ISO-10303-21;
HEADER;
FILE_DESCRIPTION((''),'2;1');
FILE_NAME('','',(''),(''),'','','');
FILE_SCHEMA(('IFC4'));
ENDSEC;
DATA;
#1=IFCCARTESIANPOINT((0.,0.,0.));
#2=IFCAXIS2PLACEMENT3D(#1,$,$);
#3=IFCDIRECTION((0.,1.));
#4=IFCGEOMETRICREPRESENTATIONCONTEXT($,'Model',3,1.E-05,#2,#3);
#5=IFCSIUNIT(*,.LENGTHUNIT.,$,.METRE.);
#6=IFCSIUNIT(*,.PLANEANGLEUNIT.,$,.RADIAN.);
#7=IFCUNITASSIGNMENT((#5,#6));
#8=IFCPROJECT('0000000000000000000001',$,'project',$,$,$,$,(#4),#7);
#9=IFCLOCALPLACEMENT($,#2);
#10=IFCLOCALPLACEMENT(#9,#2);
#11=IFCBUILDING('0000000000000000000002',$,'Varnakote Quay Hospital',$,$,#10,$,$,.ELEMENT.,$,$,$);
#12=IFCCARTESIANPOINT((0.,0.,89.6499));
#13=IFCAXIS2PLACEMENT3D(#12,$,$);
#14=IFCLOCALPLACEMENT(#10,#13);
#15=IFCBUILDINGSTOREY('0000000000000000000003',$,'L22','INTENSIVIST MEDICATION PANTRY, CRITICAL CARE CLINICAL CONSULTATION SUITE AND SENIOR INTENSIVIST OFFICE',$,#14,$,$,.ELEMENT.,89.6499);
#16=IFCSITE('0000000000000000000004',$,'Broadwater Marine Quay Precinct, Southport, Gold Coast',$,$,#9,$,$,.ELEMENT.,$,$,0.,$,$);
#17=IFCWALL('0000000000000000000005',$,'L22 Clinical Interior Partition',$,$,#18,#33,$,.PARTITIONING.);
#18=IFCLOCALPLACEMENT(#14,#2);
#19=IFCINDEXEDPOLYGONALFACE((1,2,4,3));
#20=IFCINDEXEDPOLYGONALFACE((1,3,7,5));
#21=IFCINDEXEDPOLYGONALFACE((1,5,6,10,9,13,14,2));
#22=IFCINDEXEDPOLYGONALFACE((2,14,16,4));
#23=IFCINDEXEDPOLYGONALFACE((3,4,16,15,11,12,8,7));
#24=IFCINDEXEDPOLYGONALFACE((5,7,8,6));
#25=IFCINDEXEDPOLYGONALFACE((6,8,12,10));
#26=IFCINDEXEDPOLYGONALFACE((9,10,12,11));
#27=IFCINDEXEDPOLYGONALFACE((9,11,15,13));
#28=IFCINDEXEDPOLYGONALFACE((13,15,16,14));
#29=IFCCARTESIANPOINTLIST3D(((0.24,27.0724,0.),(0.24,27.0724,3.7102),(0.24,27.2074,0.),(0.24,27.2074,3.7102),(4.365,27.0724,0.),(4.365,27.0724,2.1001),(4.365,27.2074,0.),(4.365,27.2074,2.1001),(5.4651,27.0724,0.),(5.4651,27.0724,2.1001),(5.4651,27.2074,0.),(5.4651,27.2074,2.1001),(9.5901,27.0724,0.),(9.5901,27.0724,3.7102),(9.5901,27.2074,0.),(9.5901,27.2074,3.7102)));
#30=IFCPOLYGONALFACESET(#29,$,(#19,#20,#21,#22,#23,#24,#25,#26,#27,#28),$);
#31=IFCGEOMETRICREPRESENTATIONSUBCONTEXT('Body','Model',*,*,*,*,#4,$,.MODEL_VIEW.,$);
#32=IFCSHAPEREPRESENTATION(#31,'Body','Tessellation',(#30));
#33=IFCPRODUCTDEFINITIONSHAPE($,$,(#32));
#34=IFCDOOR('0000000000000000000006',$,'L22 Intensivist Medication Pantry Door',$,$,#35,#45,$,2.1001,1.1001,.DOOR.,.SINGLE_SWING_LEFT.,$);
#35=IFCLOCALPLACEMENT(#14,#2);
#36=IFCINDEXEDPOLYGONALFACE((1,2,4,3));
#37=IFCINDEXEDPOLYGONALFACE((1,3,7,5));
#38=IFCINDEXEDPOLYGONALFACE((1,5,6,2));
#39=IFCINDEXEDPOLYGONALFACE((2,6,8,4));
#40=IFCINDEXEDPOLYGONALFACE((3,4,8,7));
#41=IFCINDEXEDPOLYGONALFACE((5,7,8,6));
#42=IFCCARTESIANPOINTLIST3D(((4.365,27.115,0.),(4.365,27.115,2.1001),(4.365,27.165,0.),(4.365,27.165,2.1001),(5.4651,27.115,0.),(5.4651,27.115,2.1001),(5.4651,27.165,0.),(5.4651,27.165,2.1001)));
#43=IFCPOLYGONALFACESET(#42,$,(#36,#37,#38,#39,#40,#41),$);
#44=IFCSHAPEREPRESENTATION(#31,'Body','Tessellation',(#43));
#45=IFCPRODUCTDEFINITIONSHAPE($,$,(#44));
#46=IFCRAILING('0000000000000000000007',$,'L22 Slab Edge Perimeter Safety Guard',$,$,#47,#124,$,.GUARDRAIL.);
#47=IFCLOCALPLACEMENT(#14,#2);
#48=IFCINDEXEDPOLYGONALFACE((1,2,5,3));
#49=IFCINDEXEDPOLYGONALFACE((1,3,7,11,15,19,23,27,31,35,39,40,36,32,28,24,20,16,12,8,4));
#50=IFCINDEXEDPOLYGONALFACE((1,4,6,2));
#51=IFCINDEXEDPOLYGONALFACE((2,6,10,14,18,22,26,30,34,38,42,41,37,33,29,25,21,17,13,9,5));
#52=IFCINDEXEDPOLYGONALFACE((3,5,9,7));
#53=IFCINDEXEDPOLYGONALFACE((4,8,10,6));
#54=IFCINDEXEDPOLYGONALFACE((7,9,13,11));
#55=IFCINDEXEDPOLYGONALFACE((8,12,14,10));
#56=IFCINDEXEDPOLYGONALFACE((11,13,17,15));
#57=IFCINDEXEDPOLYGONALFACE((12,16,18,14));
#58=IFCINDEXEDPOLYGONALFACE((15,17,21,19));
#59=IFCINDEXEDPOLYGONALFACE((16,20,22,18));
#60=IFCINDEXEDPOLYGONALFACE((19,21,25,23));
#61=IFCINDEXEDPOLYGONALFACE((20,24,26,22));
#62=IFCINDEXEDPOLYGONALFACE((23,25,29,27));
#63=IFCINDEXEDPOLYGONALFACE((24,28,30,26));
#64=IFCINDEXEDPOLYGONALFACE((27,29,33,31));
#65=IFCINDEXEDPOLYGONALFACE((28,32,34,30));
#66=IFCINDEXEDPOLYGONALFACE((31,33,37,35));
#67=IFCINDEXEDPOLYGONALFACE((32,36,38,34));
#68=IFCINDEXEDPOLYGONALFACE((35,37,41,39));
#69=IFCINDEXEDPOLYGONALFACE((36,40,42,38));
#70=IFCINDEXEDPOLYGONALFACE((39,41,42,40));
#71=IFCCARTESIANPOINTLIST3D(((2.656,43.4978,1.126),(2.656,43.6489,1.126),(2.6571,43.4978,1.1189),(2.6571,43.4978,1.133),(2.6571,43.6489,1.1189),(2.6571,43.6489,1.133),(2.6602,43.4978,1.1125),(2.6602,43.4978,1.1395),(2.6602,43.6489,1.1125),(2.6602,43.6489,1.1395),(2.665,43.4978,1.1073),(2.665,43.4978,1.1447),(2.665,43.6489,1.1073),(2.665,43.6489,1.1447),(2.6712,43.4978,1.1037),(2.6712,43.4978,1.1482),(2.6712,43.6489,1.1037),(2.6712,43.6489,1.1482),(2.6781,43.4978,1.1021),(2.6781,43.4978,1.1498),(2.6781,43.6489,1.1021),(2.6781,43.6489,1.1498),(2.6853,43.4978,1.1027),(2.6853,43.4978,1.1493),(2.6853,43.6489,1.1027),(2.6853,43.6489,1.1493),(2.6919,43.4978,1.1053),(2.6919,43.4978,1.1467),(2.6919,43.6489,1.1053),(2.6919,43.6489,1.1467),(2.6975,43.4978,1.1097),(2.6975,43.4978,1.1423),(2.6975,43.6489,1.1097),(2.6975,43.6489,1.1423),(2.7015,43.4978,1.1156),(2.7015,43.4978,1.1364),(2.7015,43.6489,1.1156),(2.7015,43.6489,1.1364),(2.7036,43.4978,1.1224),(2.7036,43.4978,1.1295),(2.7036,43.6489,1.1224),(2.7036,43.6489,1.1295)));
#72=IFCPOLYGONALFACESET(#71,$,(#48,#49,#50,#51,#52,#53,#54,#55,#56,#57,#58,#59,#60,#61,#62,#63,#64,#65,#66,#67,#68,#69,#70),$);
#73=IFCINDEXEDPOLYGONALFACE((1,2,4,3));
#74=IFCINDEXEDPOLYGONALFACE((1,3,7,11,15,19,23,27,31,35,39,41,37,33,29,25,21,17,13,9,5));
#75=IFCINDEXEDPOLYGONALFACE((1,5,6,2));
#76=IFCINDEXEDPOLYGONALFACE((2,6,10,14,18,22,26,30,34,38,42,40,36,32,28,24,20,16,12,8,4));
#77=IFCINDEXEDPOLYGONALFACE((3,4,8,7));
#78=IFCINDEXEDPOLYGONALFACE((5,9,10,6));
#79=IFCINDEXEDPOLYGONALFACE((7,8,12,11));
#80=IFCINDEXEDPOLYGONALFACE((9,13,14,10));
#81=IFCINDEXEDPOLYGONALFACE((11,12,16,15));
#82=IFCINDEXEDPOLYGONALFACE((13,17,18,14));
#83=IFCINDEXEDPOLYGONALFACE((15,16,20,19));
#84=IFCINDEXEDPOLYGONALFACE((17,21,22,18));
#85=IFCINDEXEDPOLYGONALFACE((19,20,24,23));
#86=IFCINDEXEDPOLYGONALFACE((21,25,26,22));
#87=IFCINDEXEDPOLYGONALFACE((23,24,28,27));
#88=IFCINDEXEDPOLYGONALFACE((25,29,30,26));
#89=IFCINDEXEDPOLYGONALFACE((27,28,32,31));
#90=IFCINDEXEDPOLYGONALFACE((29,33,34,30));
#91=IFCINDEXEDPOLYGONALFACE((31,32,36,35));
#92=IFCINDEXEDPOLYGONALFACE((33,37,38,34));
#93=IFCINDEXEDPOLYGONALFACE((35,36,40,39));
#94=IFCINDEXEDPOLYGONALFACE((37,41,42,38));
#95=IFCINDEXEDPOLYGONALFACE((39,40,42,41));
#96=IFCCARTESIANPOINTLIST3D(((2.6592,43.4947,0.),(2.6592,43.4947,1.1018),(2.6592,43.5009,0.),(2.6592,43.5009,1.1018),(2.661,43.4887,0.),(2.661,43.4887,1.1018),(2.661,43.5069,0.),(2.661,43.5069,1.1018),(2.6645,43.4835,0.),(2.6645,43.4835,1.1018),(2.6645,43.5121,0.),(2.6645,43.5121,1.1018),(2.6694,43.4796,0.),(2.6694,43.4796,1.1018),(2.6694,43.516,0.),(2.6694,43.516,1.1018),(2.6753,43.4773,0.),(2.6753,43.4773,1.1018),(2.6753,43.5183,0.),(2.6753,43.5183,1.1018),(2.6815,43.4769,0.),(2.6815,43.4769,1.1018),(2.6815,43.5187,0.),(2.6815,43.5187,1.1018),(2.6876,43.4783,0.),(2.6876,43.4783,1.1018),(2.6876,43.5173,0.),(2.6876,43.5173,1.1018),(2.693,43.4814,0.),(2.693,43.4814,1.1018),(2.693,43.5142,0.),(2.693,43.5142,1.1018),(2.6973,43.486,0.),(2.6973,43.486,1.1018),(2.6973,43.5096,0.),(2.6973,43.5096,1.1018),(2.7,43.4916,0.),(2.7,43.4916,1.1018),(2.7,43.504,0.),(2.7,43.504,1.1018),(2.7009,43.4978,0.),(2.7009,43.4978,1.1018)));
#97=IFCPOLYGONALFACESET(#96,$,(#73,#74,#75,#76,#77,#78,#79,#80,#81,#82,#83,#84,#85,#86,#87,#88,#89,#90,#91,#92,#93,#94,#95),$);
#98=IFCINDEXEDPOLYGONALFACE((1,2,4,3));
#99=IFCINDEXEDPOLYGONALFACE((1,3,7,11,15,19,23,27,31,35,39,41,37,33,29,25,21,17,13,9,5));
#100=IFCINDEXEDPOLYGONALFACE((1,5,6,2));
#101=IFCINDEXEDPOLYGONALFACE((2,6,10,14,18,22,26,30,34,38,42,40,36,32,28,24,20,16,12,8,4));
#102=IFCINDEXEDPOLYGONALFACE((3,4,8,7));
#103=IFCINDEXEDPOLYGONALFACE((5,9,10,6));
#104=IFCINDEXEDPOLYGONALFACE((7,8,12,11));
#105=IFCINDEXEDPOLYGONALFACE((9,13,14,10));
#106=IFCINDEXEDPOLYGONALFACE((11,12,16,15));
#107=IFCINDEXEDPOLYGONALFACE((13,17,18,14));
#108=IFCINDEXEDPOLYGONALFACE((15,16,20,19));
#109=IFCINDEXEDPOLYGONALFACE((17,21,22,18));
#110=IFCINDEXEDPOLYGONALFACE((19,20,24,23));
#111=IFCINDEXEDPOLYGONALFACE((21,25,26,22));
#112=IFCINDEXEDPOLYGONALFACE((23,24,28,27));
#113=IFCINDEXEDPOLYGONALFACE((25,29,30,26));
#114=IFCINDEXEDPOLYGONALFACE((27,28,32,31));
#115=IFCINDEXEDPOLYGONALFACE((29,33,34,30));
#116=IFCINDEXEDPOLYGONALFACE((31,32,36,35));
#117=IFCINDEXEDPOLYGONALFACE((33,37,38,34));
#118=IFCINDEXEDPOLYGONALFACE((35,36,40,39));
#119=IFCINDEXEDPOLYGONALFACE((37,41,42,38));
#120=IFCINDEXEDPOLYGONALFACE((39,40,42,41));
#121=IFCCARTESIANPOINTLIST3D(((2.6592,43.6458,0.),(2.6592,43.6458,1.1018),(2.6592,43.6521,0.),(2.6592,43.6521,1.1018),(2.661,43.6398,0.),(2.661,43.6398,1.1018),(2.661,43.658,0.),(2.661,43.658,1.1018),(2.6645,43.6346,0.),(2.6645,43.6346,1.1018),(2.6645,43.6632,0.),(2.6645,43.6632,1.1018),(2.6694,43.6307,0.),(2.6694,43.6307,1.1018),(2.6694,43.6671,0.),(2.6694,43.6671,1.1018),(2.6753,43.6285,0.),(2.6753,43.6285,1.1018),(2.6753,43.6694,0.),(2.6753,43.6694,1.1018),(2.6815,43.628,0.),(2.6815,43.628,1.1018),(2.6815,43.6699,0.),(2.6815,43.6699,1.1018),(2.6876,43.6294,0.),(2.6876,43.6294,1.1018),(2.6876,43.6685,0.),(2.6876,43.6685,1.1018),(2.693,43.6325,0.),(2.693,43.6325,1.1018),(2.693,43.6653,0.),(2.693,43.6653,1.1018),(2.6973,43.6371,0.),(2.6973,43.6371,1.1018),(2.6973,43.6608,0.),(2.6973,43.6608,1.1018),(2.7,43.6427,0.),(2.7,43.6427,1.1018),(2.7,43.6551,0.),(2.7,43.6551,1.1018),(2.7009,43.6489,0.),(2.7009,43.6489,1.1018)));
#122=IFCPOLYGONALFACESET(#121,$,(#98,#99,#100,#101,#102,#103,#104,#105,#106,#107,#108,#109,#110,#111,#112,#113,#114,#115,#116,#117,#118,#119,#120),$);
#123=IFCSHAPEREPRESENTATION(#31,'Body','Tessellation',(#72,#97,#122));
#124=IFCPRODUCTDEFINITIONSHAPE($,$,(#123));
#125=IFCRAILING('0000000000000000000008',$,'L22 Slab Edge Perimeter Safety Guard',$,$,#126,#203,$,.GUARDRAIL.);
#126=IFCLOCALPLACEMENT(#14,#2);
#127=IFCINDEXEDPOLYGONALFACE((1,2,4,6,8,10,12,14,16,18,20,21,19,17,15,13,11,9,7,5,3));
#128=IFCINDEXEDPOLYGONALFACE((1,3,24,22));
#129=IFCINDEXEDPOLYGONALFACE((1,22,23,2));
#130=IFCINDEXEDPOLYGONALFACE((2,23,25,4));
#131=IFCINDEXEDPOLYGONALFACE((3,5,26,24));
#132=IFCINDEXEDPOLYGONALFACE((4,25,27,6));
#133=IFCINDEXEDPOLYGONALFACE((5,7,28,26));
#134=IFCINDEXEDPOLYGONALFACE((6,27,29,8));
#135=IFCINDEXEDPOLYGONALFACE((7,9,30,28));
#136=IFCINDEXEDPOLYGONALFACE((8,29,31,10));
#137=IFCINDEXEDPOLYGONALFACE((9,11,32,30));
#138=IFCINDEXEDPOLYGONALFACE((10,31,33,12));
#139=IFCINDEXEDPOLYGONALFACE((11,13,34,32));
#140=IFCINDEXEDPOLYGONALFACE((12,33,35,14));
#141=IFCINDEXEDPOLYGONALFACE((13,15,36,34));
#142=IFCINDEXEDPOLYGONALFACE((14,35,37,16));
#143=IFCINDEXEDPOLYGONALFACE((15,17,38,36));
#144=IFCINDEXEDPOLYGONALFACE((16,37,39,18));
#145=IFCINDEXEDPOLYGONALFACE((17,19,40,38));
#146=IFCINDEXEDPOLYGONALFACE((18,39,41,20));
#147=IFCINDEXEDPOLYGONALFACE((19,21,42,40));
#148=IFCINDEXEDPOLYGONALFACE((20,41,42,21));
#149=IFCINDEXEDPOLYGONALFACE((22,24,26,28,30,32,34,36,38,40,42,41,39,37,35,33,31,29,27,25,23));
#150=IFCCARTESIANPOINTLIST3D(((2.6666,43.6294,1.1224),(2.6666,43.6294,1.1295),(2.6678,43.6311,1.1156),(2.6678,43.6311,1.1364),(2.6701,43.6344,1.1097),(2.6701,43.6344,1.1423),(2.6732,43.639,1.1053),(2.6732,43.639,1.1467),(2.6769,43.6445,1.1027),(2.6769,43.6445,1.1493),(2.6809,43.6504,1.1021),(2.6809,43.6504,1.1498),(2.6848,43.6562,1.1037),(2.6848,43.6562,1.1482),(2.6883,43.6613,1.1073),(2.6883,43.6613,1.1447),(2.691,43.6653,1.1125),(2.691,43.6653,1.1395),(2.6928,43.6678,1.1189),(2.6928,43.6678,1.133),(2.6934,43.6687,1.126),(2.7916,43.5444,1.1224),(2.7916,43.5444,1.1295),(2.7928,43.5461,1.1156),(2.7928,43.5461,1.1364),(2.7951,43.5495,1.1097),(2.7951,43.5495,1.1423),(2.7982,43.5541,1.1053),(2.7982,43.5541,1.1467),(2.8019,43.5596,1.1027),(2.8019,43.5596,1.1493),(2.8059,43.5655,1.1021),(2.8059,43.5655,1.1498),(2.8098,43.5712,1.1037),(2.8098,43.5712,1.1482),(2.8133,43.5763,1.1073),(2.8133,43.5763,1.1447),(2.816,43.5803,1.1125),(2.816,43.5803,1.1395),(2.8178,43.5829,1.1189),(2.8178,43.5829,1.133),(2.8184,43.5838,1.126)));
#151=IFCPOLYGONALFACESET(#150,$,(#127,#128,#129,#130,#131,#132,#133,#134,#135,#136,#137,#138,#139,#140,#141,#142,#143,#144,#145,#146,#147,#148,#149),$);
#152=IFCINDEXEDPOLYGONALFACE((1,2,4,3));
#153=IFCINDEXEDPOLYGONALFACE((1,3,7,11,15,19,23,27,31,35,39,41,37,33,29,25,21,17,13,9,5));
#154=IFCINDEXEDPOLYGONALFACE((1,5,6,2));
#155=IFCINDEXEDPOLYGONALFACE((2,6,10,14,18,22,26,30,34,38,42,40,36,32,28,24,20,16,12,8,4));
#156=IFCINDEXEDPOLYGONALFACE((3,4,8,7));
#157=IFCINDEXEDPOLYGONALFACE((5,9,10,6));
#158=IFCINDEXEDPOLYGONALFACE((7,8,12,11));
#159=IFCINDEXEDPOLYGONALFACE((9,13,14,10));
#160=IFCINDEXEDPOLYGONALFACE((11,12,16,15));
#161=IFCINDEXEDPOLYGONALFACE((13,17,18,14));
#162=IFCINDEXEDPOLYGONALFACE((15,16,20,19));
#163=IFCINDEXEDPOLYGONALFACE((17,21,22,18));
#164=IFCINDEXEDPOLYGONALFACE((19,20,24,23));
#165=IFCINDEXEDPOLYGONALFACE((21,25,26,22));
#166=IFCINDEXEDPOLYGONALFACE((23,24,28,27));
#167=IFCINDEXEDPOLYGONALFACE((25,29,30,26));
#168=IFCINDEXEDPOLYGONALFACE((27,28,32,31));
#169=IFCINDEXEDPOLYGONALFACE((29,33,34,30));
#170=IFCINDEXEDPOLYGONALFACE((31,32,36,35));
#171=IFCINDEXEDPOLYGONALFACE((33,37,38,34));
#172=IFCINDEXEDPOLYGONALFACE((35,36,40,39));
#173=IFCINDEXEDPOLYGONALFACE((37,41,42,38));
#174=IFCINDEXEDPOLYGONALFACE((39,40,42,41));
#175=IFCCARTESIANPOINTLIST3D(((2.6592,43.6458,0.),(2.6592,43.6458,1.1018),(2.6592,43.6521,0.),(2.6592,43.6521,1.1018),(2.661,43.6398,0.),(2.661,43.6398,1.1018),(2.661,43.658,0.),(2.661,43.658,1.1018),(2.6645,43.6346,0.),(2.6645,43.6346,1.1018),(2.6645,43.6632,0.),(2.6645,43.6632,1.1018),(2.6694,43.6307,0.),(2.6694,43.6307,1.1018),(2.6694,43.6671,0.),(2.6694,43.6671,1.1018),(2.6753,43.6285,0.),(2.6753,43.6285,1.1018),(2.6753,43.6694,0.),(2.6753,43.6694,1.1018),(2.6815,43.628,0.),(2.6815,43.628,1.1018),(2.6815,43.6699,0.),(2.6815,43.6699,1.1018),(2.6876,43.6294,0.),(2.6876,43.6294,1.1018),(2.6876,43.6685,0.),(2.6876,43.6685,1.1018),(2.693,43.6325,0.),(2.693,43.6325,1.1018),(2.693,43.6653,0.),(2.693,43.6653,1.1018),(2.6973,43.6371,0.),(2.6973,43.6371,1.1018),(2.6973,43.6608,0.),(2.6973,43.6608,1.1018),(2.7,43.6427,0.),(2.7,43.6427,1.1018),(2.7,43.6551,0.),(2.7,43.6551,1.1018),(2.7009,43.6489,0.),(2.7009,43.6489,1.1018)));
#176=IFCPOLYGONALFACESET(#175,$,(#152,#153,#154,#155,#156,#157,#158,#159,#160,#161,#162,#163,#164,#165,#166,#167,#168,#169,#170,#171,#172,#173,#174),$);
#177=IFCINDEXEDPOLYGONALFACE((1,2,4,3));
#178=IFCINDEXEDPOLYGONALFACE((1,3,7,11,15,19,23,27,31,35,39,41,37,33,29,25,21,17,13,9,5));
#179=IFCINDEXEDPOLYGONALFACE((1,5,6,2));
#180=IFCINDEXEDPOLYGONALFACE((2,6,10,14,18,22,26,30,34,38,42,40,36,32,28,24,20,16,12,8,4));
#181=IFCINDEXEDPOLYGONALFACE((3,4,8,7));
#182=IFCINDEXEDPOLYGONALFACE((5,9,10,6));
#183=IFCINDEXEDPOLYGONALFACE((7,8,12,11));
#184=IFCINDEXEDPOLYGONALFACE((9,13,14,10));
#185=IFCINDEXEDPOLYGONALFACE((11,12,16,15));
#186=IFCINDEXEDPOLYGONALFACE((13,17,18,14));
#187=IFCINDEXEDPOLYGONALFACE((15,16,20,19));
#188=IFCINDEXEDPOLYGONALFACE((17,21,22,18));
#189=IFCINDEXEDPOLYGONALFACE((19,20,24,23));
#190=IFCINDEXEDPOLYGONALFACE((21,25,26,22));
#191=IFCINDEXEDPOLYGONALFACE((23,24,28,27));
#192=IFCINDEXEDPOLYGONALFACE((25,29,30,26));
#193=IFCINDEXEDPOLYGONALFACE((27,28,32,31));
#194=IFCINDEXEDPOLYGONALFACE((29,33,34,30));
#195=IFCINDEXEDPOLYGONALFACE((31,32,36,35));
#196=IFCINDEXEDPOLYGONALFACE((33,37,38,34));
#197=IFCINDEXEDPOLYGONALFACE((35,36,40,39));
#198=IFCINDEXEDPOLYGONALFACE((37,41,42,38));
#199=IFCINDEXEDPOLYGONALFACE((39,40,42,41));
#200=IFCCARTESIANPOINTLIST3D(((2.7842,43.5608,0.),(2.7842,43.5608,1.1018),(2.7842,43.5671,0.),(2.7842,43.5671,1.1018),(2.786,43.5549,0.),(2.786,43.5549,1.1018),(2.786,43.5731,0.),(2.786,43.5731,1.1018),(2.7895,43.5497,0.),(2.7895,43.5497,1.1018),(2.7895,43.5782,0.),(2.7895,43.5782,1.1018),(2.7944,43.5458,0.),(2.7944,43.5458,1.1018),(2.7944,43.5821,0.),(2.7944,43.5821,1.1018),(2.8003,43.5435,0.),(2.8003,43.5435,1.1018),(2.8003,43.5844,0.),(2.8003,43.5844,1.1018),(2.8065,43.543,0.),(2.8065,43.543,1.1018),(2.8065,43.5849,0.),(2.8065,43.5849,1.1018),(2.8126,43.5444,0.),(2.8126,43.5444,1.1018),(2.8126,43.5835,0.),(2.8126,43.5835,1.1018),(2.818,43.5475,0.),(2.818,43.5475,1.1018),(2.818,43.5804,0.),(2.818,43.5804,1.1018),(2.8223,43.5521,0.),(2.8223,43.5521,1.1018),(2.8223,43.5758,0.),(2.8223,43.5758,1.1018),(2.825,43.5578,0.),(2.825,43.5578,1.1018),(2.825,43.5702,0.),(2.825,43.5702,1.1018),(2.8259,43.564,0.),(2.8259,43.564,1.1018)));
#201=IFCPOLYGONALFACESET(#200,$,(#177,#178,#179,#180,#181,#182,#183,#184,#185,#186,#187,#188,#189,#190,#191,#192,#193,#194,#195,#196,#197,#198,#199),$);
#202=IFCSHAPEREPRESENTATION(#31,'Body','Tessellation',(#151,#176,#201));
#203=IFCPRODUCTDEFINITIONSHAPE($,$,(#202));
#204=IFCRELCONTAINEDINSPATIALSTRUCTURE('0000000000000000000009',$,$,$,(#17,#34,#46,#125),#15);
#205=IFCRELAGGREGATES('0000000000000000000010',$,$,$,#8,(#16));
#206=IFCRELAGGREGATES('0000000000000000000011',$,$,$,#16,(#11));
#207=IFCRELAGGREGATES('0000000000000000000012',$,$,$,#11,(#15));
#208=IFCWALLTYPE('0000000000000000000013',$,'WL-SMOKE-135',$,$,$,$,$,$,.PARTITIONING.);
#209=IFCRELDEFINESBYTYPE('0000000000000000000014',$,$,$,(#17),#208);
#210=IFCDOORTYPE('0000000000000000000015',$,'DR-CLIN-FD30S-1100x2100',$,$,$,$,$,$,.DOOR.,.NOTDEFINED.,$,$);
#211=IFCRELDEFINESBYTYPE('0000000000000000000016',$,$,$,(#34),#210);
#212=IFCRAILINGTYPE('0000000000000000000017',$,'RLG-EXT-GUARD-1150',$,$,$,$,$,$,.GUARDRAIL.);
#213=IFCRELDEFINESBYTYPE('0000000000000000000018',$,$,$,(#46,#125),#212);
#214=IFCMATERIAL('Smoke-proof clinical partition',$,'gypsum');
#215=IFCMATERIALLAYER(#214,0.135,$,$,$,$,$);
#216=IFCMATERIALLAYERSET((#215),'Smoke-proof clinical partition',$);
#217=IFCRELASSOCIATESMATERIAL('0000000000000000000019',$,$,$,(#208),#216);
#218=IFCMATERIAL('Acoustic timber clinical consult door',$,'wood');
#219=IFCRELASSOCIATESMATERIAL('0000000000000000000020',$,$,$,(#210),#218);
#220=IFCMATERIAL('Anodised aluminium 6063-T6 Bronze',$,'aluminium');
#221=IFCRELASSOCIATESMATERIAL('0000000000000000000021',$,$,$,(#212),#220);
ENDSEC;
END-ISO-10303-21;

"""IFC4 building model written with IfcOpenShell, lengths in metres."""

from ifc_helpers import new_model, si_unit, direction, frame, frame_2d, origin, origin_2d, place, context, subcontext, project, spatial, rectangle, circle, extrude, material, layer, layer_set, type_object, element, fill, save


model = new_model("IFC4")

# Units and contexts
model_context = context("Model", 3, precision=1e-05, world=origin(), true_north=direction((0.0, 1.0)))
body_context = subcontext(model_context, "Body", "Model", "MODEL_VIEW")
ifc_project = project(units=[si_unit("LENGTHUNIT", "METRE"), si_unit("PLANEANGLEUNIT", "RADIAN")], contexts=[model_context])

# Site, building, storey
site_placement = place(None, origin())
site = spatial("IfcSite", under=ifc_project, at=site_placement, Name="Broadwater Marine Quay Precinct, Southport, Gold Coast", CompositionType="ELEMENT", RefElevation=0.0)
building_placement = place(site_placement, origin())
building = spatial("IfcBuilding", under=site, at=building_placement, Name="Varnakote Quay Hospital", CompositionType="ELEMENT")
storey_placement = place(building_placement, frame((0.0, 0.0, 89.6499)))
storey = spatial("IfcBuildingStorey", under=building, at=storey_placement, Name="L22", Description="INTENSIVIST MEDICATION PANTRY, CRITICAL CARE CLINICAL CONSULTATION SUITE AND SENIOR INTENSIVIST OFFICE", CompositionType="ELEMENT", Elevation=89.6499)

# Shared definitions
ifc_material_1 = material(Name="Smoke-proof clinical partition", Category="gypsum")
ifc_layer_1 = layer(ifc_material_1, 0.135)
ifc_layer_set_1 = layer_set([ifc_layer_1], Name="Smoke-proof clinical partition")
wall_type_1 = type_object("IfcWallType", Name="WL-SMOKE-135", PredefinedType="PARTITIONING", material=ifc_layer_set_1)

# Wall, opening, door
wall_1_placement = place(storey_placement, frame((9.5901, 27.1399, 0.0), z_axis=(0.0, 0.0, 1.0), x_axis=(-1.0, 0.0, 0.0)))
wall_1 = element("IfcWall", 1, at=wall_1_placement, inside=storey, type_object=wall_type_1, Name="L22 Clinical Interior Partition", PredefinedType="PARTITIONING", context=body_context, shape_type="SweptSolid", body=[
    extrude(rectangle(XDim=9.3501, YDim=0.135, at=frame_2d((4.675, 0.0))), origin(), (0.0, 0.0, 1.0), 3.7102),
])
opening_1_placement = place(wall_1_placement, frame((4.125, 0.0, 0.0)))
opening_1 = element("IfcOpeningElement", 2, at=opening_1_placement, cuts=wall_1, PredefinedType="OPENING", context=body_context, shape_type="SweptSolid", body=[
    extrude(rectangle(XDim=1.1001, YDim=2.1001, at=frame_2d((0.55, 1.05))), frame((0.0, 0.0774, 0.0), z_axis=(0.0, -1.0, 0.0), x_axis=(1.0, 0.0, 0.0)), (0.0, 0.0, 1.0), 0.155),
])
ifc_material_2 = material(Name="Acoustic timber clinical consult door", Category="wood")
door_type = type_object("IfcDoorType", Name="DR-CLIN-FD30S-1100x2100", OperationType="NOTDEFINED", PredefinedType="DOOR", material=ifc_material_2)
door_placement = place(opening_1_placement, origin())
door = element("IfcDoor", 3, at=door_placement, inside=storey, type_object=door_type, Name="L22 Intensivist Medication Pantry Door", OperationType="SINGLE_SWING_LEFT", OverallHeight=2.1001, OverallWidth=1.1001, PredefinedType="DOOR", context=body_context, shape_type="SweptSolid", body=[
    extrude(rectangle(XDim=1.1001, YDim=2.1001, at=frame_2d((0.55, 1.05))), frame((0.0, 0.0249, 0.0), z_axis=(0.0, -1.0, 0.0), x_axis=(1.0, 0.0, 0.0)), (0.0, 0.0, 1.0), 0.05),
])
fill(opening_1, door)

# Railings
ifc_material_3 = material(Name="Anodised aluminium 6063-T6 Bronze", Category="aluminium")
railing_type = type_object("IfcRailingType", Name="RLG-EXT-GUARD-1150", PredefinedType="GUARDRAIL", material=ifc_material_3)
railing_1_placement = place(storey_placement, frame((2.6799, 43.4978, 0.0)))
element("IfcRailing", 4, at=railing_1_placement, inside=storey, type_object=railing_type, Name="L22 Slab Edge Perimeter Safety Guard", PredefinedType="GUARDRAIL", context=body_context, shape_type="SweptSolid", body=[
    extrude(circle(Radius=0.0239, at=origin_2d()), frame((0.0, 0.0, 1.126), z_axis=(0.0, 1.0, 0.0), x_axis=(-1.0, 0.0, 0.0)), (0.0, 0.0, 1.0), 0.1511),
    extrude(circle(Radius=0.021, at=origin_2d()), origin(), (0.0, 0.0, 1.0), 1.1018),
    extrude(circle(Radius=0.021, at=origin_2d()), frame((0.0, 0.1511, 0.0)), (0.0, 0.0, 1.0), 1.1018),
])
railing_2_placement = place(storey_placement, frame((2.6799, 43.6489, 0.0)))
element("IfcRailing", 5, at=railing_2_placement, inside=storey, type_object=railing_type, Name="L22 Slab Edge Perimeter Safety Guard", PredefinedType="GUARDRAIL", context=body_context, shape_type="SweptSolid", body=[
    extrude(circle(Radius=0.0239, at=origin_2d()), frame((0.0, 0.0, 1.126), z_axis=(0.827047, -0.562133, 0.0), x_axis=(0.562133, 0.827047, 0.0)), (0.0, 0.0, 1.0), 0.1511),
    extrude(circle(Radius=0.021, at=origin_2d()), origin(), (0.0, 0.0, 1.0), 1.1018),
    extrude(circle(Radius=0.021, at=origin_2d()), frame((0.125, -0.085, 0.0)), (0.0, 0.0, 1.0), 1.1018),
])

save(model, "model.ifc")
